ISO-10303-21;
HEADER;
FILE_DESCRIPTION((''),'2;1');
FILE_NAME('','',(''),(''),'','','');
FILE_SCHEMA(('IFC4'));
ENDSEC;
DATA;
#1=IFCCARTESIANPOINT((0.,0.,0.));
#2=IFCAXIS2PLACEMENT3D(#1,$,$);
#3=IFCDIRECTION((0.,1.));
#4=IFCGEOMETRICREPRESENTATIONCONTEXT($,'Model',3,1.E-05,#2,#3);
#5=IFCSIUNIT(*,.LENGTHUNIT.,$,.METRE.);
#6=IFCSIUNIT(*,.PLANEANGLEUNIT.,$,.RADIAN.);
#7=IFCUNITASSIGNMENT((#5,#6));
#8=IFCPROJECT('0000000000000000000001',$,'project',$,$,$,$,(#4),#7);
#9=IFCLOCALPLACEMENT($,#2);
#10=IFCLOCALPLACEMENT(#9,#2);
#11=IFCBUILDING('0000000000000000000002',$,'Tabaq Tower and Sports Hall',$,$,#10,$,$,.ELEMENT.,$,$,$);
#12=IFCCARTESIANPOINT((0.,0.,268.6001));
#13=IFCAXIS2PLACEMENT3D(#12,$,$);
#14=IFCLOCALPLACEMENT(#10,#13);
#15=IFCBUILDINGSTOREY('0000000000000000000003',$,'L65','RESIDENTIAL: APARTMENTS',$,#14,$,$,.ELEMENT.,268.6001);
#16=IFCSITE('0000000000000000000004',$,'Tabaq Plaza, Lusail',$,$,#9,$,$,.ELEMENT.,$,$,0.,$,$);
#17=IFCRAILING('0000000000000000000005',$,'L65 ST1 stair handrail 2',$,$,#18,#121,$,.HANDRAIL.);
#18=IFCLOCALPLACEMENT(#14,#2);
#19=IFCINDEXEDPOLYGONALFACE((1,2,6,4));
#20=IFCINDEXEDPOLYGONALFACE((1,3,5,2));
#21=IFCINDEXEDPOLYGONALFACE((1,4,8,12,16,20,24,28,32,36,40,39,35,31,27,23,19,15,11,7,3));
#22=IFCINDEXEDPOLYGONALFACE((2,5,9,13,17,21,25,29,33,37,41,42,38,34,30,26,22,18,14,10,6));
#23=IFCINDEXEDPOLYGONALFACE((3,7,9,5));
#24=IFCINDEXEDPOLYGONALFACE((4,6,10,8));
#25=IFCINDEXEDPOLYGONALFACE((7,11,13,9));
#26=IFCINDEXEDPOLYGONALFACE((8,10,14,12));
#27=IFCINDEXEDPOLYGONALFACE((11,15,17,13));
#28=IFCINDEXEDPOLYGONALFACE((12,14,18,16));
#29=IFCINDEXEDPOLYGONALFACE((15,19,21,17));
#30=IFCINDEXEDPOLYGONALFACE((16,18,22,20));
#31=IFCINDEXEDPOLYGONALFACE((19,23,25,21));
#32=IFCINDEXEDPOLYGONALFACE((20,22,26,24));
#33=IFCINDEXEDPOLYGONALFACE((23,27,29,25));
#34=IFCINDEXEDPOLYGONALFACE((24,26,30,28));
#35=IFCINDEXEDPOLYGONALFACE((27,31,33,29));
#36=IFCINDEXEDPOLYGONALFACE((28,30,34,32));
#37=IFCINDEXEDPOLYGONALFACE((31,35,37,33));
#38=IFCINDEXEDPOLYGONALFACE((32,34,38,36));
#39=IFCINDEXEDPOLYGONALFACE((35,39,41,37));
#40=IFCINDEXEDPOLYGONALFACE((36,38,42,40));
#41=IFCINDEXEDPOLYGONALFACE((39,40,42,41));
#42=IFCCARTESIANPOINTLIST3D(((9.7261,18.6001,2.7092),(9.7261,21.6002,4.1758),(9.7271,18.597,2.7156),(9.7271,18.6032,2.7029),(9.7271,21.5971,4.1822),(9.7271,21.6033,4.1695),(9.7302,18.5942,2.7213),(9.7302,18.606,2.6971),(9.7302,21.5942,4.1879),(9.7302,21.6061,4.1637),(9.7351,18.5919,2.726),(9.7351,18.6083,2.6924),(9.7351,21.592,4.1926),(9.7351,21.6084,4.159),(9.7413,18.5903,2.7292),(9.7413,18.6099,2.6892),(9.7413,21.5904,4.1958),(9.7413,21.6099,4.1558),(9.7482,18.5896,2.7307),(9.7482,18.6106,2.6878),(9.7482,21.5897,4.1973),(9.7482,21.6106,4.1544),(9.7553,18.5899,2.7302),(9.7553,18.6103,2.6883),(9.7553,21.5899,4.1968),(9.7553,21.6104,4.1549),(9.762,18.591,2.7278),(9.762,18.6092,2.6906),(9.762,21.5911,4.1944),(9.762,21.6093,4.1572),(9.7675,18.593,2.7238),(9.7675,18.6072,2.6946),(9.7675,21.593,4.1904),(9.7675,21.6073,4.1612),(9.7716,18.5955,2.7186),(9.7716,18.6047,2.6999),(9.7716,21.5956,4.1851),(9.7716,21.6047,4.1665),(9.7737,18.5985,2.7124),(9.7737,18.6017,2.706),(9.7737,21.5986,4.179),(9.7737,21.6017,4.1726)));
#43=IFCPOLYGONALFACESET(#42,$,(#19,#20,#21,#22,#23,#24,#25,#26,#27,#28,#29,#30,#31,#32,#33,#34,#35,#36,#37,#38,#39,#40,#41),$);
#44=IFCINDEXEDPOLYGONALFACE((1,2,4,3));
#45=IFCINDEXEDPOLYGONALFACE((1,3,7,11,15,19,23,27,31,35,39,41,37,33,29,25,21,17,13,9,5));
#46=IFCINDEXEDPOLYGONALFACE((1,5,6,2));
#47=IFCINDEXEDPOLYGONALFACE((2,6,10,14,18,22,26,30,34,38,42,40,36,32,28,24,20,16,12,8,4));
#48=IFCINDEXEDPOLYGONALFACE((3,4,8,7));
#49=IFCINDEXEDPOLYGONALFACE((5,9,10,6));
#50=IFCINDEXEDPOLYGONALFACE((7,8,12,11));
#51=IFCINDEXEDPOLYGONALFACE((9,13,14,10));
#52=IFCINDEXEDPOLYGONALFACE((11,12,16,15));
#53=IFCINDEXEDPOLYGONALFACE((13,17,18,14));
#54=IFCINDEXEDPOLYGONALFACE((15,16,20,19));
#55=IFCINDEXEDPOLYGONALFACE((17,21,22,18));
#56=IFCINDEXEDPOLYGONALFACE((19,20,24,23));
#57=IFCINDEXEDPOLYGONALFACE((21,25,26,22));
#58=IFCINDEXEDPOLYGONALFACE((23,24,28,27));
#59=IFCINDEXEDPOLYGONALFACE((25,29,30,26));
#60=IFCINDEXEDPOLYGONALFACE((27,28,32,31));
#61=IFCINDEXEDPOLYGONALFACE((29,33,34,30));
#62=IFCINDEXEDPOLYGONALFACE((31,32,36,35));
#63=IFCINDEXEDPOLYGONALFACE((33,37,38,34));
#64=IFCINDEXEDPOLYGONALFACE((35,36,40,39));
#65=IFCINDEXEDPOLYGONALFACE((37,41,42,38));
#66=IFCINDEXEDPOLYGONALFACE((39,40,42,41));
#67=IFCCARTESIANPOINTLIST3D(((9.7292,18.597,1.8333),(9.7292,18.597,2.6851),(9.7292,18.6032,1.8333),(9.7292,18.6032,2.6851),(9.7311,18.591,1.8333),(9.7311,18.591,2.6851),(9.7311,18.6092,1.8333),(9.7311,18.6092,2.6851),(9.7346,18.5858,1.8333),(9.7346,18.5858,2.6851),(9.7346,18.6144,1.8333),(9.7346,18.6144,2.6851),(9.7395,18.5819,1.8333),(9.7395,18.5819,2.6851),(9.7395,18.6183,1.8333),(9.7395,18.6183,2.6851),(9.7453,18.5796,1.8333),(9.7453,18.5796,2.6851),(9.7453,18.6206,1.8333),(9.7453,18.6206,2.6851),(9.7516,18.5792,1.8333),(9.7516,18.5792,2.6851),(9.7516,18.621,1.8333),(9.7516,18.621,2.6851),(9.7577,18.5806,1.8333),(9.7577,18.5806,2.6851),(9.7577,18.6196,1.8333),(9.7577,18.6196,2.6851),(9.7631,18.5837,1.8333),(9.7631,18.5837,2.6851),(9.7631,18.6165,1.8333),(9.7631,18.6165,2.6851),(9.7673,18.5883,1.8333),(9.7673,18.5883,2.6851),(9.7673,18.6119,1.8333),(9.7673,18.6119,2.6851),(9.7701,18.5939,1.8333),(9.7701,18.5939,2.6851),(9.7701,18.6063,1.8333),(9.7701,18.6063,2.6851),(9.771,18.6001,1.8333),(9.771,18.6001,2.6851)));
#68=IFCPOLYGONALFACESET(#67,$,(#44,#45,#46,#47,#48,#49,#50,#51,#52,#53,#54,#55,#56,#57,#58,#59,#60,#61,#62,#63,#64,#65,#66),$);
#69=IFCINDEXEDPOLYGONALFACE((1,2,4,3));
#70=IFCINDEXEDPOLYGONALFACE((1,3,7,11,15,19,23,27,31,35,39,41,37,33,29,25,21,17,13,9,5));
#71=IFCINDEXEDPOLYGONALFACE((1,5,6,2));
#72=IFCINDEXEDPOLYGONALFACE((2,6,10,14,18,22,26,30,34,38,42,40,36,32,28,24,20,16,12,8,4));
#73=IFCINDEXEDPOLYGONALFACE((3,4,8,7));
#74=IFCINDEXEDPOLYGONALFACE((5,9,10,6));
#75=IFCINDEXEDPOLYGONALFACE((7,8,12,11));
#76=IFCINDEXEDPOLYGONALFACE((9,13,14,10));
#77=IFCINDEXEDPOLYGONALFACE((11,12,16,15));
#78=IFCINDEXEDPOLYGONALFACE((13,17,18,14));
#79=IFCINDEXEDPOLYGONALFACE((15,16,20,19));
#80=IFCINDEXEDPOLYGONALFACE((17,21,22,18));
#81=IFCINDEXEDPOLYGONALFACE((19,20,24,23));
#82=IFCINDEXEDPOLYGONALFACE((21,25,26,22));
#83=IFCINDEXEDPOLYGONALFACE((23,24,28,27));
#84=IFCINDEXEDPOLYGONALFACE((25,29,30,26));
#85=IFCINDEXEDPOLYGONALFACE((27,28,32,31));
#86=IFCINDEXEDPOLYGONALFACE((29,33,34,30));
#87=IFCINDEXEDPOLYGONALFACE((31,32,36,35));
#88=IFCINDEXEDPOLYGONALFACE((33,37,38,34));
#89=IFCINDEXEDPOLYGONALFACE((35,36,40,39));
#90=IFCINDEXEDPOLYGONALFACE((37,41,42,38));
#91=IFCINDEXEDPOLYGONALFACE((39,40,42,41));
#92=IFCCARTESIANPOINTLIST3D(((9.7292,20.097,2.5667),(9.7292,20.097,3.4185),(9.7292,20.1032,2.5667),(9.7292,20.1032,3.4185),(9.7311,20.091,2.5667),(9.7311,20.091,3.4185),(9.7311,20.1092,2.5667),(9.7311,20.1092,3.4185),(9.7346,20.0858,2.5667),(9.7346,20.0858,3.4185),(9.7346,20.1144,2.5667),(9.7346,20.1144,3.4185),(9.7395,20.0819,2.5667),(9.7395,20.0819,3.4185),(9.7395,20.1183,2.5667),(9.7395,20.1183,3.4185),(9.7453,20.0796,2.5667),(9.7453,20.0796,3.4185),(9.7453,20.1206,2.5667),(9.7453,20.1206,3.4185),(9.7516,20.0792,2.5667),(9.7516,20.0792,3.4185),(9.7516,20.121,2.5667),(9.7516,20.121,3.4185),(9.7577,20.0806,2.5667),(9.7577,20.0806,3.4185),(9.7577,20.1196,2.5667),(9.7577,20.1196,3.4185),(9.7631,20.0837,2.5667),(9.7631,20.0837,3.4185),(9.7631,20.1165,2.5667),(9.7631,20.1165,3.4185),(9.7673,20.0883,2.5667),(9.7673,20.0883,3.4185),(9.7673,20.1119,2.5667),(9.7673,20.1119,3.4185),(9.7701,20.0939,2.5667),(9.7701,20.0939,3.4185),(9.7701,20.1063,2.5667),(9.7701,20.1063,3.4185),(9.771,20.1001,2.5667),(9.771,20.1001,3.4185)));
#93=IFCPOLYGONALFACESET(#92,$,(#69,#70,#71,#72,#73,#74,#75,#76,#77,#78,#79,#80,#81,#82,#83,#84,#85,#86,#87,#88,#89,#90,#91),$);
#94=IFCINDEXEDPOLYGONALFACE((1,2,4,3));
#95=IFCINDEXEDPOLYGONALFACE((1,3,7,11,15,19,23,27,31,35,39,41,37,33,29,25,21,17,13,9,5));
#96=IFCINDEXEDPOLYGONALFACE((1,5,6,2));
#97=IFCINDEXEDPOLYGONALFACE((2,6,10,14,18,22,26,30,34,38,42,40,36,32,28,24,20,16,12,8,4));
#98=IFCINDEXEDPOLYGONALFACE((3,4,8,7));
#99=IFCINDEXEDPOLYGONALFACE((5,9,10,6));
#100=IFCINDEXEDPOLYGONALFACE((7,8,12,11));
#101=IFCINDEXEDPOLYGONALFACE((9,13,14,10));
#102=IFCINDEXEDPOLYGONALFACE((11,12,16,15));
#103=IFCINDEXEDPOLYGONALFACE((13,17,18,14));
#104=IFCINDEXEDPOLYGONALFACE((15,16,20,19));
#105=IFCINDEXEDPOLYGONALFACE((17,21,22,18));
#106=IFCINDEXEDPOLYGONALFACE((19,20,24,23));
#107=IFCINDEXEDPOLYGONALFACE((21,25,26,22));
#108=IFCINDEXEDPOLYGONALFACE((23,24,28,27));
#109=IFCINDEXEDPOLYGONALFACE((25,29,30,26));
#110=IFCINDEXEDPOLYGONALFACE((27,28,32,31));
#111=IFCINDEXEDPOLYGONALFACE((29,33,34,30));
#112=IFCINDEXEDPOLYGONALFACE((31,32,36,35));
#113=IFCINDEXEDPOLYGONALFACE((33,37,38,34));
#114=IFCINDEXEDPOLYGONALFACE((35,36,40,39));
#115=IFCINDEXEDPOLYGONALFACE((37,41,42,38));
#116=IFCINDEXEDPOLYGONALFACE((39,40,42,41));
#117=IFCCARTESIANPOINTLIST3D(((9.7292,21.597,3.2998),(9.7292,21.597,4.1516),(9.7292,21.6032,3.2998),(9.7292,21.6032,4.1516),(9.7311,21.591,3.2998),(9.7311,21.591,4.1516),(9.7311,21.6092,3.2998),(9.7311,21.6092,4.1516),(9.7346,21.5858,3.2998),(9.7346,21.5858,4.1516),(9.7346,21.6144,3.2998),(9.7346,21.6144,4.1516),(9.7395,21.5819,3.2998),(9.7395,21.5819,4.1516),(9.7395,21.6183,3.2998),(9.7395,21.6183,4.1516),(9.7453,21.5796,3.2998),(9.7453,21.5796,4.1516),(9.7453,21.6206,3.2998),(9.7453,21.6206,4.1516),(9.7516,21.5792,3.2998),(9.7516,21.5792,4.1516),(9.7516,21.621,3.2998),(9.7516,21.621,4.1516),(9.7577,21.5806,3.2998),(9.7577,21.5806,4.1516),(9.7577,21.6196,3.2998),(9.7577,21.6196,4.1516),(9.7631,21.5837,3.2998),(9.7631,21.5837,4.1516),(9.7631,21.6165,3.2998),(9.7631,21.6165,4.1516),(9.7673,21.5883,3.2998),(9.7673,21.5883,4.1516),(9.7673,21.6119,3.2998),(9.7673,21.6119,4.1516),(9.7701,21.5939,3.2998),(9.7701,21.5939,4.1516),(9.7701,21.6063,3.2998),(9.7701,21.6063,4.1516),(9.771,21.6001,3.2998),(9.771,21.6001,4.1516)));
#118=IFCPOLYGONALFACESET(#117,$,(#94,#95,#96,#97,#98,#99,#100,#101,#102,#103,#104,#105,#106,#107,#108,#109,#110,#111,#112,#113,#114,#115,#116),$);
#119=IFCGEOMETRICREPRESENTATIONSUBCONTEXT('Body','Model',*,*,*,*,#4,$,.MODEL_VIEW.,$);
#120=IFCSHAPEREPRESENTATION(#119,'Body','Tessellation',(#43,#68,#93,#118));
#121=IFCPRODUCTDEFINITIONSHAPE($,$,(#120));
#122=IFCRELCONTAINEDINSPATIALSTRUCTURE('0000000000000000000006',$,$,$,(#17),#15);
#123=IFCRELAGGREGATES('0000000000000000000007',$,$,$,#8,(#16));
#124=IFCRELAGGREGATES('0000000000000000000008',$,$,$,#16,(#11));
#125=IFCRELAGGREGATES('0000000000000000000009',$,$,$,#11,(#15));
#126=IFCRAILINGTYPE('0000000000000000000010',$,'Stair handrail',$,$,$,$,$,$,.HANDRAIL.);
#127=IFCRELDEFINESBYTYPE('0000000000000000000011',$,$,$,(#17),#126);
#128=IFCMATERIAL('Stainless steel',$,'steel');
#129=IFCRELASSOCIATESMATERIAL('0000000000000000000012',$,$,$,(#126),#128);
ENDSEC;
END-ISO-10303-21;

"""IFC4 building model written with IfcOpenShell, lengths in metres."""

from ifc_helpers import new_model, si_unit, direction, frame, origin, origin_2d, place, context, subcontext, project, spatial, circle, extrude, material, type_object, element, save


model = new_model("IFC4")

# Units and contexts
model_context = context("Model", 3, precision=1e-05, world=origin(), true_north=direction((0.0, 1.0)))
body_context = subcontext(model_context, "Body", "Model", "MODEL_VIEW")
ifc_project = project(units=[si_unit("LENGTHUNIT", "METRE"), si_unit("PLANEANGLEUNIT", "RADIAN")], contexts=[model_context])

# Site, building, storey
site_placement = place(None, origin())
site = spatial("IfcSite", under=ifc_project, at=site_placement, Name="Tabaq Plaza, Lusail", CompositionType="ELEMENT", RefElevation=0.0)
building_placement = place(site_placement, origin())
building = spatial("IfcBuilding", under=site, at=building_placement, Name="Tabaq Tower and Sports Hall", CompositionType="ELEMENT")
storey_placement = place(building_placement, frame((0.0, 0.0, 268.6001)))
storey = spatial("IfcBuildingStorey", under=building, at=storey_placement, Name="L65", Description="RESIDENTIAL: APARTMENTS", CompositionType="ELEMENT", Elevation=268.6001)

# Railing
ifc_material_1 = material(Name="Stainless steel", Category="steel")
railing_type = type_object("IfcRailingType", Name="Stair handrail", PredefinedType="HANDRAIL", material=ifc_material_1)
railing_1_placement = place(storey_placement, frame((9.75, 18.6001, 1.8333)))
element("IfcRailing", 1, at=railing_1_placement, inside=storey, type_object=railing_type, Name="L65 ST1 stair handrail 2", PredefinedType="HANDRAIL", context=body_context, shape_type="SweptSolid", body=[
    extrude(circle(Radius=0.0239, at=origin_2d()), frame((0.0, 0.0, 0.876), z_axis=(0.0, 0.898398, 0.439183), x_axis=(-1.0, 0.0, 0.0)), (0.0, 0.0, 1.0), 3.3394),
    extrude(circle(Radius=0.021, at=origin_2d()), origin(), (0.0, 0.0, 1.0), 0.8518),
    extrude(circle(Radius=0.021, at=origin_2d()), frame((0.0, 1.5, 0.7334)), (0.0, 0.0, 1.0), 0.8518),
    extrude(circle(Radius=0.021, at=origin_2d()), frame((0.0, 3.0, 1.4666)), (0.0, 0.0, 1.0), 0.8518),
])

save(model, "model.ifc")
